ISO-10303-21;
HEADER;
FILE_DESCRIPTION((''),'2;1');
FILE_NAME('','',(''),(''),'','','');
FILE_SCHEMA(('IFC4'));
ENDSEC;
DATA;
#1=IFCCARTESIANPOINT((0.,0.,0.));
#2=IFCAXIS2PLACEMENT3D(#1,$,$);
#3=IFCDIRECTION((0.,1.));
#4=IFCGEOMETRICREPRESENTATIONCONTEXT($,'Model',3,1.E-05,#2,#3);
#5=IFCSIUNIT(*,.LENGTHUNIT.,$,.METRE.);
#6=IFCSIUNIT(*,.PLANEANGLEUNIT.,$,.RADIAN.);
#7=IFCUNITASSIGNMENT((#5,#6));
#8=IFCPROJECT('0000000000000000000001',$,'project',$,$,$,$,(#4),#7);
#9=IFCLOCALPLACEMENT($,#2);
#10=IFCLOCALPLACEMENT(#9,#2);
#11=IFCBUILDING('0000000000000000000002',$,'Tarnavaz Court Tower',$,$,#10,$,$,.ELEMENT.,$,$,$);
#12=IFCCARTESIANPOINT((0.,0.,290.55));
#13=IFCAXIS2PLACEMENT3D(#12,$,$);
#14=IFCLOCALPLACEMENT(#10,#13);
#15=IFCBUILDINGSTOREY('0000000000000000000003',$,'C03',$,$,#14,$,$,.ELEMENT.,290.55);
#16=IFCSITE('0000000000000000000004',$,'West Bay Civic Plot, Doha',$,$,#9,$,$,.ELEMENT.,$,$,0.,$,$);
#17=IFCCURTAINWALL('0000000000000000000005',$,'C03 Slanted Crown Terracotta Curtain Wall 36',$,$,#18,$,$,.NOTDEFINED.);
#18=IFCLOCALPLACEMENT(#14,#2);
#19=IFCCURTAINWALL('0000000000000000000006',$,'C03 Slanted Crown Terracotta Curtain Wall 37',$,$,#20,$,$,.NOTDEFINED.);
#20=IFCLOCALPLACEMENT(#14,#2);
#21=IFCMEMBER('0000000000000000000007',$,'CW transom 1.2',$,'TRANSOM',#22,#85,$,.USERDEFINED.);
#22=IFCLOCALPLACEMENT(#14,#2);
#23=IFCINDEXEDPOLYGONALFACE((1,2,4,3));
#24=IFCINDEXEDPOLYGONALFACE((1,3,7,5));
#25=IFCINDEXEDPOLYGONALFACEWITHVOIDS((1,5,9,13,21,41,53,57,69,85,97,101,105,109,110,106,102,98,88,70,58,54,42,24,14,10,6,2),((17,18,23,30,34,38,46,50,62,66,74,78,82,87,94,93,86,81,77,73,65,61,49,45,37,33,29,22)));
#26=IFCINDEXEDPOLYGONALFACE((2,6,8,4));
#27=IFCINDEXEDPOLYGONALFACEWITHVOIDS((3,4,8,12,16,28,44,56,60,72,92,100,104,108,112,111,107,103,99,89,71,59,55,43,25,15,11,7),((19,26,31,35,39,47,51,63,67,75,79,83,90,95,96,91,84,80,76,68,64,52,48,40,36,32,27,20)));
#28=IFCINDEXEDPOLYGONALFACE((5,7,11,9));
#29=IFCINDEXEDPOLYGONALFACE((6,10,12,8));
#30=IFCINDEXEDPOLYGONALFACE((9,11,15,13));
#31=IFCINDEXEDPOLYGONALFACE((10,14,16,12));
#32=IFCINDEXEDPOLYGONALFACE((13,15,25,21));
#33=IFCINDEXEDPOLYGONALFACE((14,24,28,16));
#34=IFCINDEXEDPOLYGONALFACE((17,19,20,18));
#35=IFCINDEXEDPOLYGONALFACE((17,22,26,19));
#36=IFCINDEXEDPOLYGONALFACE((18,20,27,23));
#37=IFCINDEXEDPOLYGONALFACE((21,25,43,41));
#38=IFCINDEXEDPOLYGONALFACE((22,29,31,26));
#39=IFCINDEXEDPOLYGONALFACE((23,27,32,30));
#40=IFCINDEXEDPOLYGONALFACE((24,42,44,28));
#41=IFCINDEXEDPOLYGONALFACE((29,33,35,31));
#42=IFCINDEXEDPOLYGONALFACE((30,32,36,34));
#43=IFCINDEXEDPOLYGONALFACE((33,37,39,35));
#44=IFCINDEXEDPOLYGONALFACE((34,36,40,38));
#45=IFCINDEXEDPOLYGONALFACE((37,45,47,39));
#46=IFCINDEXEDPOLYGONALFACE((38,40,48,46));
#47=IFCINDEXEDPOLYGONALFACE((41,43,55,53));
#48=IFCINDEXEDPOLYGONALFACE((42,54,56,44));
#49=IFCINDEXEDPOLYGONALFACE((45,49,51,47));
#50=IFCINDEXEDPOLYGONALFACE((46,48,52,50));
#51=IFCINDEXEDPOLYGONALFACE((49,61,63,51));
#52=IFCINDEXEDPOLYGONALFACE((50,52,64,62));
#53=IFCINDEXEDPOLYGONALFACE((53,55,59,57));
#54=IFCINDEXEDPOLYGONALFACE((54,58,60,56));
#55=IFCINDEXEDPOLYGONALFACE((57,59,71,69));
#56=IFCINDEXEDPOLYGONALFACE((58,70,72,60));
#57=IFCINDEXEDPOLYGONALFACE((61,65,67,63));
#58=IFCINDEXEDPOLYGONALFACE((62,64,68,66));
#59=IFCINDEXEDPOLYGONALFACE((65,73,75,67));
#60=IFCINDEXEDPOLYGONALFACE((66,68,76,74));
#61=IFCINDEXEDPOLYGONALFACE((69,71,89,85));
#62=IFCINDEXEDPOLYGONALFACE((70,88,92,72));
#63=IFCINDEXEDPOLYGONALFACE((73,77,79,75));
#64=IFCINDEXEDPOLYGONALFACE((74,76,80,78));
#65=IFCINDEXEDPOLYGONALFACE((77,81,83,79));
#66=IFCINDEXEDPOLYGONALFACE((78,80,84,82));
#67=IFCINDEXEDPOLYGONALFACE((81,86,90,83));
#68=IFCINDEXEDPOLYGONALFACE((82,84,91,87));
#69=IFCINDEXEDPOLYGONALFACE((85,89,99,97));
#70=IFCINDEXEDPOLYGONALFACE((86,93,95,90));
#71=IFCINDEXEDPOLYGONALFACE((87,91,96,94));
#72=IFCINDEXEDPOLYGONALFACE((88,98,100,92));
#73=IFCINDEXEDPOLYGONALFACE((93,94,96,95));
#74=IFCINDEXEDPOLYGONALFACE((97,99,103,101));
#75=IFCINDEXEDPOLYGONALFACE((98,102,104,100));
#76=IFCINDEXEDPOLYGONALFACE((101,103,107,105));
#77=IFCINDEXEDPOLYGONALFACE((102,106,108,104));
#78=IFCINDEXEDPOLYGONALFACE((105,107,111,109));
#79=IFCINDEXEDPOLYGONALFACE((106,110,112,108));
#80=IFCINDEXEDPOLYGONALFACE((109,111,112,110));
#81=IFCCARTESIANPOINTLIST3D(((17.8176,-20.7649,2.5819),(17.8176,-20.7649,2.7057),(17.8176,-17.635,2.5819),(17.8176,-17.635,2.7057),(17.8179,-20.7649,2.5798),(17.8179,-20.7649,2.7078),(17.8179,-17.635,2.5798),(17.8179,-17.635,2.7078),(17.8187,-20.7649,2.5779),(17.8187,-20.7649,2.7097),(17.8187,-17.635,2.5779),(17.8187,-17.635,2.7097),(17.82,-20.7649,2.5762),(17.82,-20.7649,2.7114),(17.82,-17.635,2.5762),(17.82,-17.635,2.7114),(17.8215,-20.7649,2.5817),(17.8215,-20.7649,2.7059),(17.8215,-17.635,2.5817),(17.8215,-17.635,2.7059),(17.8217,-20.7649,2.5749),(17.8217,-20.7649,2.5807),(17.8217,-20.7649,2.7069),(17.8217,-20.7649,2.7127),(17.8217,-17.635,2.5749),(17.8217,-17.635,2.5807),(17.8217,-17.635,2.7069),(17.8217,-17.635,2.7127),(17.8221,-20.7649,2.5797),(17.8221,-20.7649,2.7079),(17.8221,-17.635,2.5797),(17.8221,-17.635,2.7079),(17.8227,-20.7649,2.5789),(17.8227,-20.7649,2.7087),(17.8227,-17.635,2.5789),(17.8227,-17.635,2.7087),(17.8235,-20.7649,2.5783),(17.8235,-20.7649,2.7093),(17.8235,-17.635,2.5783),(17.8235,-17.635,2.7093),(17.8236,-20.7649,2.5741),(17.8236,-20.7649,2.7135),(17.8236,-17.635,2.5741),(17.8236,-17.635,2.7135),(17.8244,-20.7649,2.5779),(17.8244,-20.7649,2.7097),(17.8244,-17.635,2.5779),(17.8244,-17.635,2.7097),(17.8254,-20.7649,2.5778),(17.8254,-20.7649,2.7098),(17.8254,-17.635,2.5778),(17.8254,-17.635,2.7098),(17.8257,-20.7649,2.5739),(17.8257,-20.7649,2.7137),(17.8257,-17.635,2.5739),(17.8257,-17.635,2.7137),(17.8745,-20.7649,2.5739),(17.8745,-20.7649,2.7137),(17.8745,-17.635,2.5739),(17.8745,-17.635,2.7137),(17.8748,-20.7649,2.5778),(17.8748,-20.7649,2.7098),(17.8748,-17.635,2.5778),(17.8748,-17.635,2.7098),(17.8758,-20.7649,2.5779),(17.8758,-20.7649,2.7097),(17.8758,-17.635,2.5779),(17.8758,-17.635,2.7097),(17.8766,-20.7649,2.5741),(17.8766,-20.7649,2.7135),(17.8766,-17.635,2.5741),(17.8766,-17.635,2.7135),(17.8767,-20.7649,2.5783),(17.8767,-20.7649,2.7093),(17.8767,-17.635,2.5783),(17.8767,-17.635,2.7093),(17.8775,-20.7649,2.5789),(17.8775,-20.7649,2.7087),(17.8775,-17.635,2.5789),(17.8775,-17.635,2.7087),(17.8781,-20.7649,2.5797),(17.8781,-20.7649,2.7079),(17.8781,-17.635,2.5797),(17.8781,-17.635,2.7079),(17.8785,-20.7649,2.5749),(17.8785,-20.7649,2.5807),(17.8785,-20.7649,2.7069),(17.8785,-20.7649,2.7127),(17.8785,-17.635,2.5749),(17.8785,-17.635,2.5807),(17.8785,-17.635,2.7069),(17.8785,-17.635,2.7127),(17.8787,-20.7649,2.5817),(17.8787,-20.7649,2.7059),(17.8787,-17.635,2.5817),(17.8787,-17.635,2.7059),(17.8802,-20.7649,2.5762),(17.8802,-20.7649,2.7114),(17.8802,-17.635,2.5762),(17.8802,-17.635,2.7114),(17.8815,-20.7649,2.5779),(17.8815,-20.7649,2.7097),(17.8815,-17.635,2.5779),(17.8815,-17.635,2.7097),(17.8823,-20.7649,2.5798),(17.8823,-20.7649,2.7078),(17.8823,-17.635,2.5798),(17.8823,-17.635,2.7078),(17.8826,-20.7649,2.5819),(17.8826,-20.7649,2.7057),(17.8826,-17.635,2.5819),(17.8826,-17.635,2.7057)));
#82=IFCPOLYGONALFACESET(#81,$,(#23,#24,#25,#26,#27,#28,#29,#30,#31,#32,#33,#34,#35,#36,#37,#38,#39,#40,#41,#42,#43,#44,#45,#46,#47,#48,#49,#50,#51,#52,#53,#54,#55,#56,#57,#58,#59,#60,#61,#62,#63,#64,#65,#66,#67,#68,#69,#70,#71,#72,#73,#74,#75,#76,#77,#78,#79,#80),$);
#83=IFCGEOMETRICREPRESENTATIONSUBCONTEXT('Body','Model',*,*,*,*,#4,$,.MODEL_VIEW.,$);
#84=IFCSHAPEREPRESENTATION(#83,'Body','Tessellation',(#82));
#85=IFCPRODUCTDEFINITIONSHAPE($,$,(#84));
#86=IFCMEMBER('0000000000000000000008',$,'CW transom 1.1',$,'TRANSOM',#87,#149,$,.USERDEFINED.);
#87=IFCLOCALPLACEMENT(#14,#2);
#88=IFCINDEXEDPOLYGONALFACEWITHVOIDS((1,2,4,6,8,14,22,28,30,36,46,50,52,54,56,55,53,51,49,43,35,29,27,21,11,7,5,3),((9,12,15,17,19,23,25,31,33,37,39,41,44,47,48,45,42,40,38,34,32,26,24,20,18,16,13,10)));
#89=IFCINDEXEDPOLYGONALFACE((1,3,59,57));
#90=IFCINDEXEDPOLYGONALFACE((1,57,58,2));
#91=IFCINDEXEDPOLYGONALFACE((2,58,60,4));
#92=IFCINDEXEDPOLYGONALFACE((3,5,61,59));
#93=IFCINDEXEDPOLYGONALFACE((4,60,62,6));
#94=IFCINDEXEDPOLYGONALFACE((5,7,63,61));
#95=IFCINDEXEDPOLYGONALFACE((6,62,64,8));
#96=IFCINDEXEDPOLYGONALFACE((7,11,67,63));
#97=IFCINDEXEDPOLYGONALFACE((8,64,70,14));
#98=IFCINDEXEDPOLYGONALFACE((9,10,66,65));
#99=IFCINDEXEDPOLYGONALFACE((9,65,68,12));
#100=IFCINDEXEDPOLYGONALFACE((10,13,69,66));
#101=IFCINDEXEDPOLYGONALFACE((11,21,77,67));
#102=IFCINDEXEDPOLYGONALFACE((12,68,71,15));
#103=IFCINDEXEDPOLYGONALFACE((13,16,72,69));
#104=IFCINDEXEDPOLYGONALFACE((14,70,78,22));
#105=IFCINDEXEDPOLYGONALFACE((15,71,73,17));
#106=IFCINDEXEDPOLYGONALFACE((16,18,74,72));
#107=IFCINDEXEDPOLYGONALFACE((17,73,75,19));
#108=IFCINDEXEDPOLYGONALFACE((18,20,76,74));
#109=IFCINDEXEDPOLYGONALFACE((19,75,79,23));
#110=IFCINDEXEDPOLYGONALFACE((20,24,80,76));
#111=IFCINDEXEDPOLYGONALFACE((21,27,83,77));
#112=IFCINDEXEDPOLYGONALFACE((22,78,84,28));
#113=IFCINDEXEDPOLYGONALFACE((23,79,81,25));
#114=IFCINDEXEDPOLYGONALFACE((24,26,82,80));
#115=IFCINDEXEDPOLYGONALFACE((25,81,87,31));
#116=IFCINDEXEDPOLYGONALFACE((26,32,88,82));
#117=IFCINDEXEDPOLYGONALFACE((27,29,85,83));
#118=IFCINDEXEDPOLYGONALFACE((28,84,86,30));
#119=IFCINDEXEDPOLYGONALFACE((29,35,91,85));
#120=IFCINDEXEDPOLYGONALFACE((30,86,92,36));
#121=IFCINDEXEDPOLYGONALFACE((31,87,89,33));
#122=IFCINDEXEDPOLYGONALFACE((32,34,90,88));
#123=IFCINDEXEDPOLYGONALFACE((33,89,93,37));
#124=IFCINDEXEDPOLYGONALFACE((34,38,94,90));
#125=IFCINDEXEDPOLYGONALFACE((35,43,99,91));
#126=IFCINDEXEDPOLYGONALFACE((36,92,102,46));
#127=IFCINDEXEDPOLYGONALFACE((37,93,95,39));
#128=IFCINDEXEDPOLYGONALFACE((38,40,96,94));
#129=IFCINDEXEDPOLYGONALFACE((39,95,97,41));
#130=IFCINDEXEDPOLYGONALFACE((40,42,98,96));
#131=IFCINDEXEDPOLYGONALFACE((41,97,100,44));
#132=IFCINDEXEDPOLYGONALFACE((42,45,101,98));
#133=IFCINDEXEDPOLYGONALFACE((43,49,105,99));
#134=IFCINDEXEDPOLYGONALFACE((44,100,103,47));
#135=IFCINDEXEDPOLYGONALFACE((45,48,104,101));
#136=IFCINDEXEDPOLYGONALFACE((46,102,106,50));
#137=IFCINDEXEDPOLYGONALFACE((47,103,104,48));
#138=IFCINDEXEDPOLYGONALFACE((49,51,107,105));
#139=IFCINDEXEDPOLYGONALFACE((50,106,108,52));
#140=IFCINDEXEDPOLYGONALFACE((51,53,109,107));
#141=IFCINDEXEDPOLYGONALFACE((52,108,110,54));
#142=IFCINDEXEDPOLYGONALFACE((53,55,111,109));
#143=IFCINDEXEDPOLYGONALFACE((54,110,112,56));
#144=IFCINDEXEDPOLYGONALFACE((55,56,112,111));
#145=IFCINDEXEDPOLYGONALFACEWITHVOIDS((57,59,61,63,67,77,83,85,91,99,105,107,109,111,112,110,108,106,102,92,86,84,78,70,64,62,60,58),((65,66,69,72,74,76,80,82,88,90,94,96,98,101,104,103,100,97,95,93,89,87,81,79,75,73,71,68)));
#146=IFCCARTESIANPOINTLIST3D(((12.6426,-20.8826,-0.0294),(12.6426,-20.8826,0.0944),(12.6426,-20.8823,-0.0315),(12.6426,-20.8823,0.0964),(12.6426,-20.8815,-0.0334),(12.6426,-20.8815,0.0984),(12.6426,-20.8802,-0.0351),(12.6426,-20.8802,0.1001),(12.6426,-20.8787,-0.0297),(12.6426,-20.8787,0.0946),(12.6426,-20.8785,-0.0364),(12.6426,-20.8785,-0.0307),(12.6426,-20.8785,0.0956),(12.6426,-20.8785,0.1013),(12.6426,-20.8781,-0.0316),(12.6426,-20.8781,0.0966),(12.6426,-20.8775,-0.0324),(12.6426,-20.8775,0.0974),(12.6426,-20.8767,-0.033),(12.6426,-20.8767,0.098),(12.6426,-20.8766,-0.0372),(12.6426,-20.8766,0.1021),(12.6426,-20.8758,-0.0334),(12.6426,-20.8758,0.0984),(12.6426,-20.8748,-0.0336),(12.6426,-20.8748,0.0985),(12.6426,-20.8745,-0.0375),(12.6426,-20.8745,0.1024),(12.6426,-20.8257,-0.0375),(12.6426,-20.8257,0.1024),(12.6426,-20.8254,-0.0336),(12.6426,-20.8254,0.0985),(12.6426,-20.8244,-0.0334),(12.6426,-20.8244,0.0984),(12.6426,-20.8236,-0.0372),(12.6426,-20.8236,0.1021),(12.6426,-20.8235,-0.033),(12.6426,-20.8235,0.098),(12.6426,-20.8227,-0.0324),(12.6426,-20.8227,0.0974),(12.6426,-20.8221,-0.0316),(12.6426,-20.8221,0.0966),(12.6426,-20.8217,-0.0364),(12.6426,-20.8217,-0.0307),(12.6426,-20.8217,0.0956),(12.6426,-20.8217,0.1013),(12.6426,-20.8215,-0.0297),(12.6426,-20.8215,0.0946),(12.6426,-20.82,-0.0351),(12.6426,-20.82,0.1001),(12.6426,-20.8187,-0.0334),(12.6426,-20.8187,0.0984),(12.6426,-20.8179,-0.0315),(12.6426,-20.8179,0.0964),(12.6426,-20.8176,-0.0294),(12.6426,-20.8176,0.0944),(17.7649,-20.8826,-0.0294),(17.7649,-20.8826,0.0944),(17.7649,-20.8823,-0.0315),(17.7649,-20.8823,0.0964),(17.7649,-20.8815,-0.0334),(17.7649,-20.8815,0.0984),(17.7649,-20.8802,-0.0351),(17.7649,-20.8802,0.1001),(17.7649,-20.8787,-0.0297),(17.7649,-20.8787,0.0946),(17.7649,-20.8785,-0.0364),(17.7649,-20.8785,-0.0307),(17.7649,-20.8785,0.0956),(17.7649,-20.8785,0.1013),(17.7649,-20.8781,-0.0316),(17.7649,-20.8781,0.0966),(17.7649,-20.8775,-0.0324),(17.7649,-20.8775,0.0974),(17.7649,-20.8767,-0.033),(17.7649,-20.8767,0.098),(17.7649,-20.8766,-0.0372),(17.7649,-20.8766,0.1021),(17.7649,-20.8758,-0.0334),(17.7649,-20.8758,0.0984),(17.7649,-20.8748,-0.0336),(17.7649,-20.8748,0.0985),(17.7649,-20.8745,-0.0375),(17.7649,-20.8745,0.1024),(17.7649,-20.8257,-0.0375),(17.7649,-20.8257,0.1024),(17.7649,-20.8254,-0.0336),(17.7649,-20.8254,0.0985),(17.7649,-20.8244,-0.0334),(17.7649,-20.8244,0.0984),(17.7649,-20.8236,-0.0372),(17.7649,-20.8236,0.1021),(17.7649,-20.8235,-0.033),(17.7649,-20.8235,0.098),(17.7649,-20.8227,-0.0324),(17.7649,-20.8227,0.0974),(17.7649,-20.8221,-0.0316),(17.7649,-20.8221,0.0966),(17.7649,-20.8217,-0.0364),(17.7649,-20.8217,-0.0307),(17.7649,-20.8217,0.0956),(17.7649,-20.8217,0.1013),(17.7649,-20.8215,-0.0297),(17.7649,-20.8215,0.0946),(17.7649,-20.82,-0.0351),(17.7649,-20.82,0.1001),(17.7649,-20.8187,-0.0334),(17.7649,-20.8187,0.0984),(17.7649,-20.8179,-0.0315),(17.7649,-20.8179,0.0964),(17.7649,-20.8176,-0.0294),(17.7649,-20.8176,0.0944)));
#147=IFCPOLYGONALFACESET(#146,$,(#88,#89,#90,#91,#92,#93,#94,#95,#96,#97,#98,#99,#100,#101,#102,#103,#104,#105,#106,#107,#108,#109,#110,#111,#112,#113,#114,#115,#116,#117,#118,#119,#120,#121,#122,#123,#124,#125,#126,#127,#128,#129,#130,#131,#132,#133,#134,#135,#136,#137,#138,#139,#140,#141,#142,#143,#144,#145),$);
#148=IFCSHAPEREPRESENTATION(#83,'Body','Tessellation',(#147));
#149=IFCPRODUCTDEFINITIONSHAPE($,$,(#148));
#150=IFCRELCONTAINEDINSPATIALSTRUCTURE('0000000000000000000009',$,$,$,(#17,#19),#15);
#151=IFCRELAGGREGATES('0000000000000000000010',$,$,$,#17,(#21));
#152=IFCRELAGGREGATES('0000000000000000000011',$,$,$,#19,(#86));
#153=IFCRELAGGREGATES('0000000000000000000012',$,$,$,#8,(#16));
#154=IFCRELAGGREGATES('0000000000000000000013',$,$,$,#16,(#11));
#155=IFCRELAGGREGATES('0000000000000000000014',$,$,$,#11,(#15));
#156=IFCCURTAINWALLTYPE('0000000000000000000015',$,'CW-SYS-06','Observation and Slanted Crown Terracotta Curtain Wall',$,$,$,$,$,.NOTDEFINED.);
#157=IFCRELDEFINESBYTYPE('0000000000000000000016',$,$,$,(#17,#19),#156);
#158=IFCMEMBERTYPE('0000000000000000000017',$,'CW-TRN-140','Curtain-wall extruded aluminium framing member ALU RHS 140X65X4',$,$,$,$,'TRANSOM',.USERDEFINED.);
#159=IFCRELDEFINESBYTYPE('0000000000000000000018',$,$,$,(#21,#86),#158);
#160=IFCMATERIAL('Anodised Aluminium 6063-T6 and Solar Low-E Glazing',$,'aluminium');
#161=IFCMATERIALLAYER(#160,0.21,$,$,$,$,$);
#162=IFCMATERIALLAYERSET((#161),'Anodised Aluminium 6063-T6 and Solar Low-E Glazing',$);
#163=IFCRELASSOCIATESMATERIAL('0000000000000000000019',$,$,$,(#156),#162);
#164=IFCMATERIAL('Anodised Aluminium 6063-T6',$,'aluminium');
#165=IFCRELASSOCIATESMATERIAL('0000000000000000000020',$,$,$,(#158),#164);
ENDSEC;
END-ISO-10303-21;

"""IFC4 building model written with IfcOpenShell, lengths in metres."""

from ifc_helpers import new_model, si_unit, direction, frame, origin, origin_2d, place, context, subcontext, project, spatial, hollow_rectangle, extrude, material, layer, layer_set, material_profile, profile_set, type_object, element, aggregate, save


model = new_model("IFC4")

# Units and contexts
model_context = context("Model", 3, precision=1e-05, world=origin(), true_north=direction((0.0, 1.0)))
body_context = subcontext(model_context, "Body", "Model", "MODEL_VIEW")
ifc_project = project(units=[si_unit("LENGTHUNIT", "METRE"), si_unit("PLANEANGLEUNIT", "RADIAN")], contexts=[model_context])

# Site, building, storey
site_placement = place(None, origin())
site = spatial("IfcSite", under=ifc_project, at=site_placement, Name="West Bay Civic Plot, Doha", CompositionType="ELEMENT", RefElevation=0.0)
building_placement = place(site_placement, origin())
building = spatial("IfcBuilding", under=site, at=building_placement, Name="Tarnavaz Court Tower", CompositionType="ELEMENT")
storey_placement = place(building_placement, frame((0.0, 0.0, 290.55)))
storey = spatial("IfcBuildingStorey", under=building, at=storey_placement, Name="C03", CompositionType="ELEMENT", Elevation=290.55)

# Shared definitions
ifc_material_1 = material(Name="Anodised Aluminium 6063-T6 and Solar Low-E Glazing", Category="aluminium")
ifc_layer_1 = layer(ifc_material_1, 0.21)
ifc_layer_set_1 = layer_set([ifc_layer_1], Name="Anodised Aluminium 6063-T6 and Solar Low-E Glazing")
curtain_wall_type = type_object("IfcCurtainWallType", Name="CW-SYS-06", Description="Observation and Slanted Crown Terracotta Curtain Wall", PredefinedType="NOTDEFINED", material=ifc_layer_set_1)
ifc_material_2 = material(Name="Anodised Aluminium 6063-T6", Category="aluminium")

# Curtain walls
curtain_wall_1_placement = place(storey_placement, origin())
curtain_wall_1 = element("IfcCurtainWall", 1, at=curtain_wall_1_placement, inside=storey, type_object=curtain_wall_type, Name="C03 Slanted Crown Terracotta Curtain Wall 36", PredefinedType="NOTDEFINED")
curtain_wall_2_placement = place(storey_placement, origin())
curtain_wall_2 = element("IfcCurtainWall", 2, at=curtain_wall_2_placement, inside=storey, type_object=curtain_wall_type, Name="C03 Slanted Crown Terracotta Curtain Wall 37", PredefinedType="NOTDEFINED")

# Members
ifc_material_profile_1 = material_profile(ifc_material_2, hollow_rectangle(XDim=0.0649, YDim=0.1399, WallThickness=0.0039, InnerFilletRadius=0.0039, OuterFilletRadius=0.0081, at=origin_2d()), Name="ALU RHS 140X65X4")
ifc_profile_set_1 = profile_set([ifc_material_profile_1], Name="Anodised Aluminium 6063-T6")
member_type_1 = type_object("IfcMemberType", Name="CW-TRN-140", Description="Curtain-wall extruded aluminium framing member ALU RHS 140X65X4", ElementType="TRANSOM", PredefinedType="USERDEFINED", material=ifc_profile_set_1)
member_1_placement = place(storey_placement, frame((17.8501, -17.635, 2.6438), z_axis=(0.0, -1.0, 0.0), x_axis=(1.0, 0.0, 0.0)))
member_1 = element("IfcMember", 3, at=member_1_placement, type_object=member_type_1, Name="CW transom 1.2", ObjectType="TRANSOM", PredefinedType="USERDEFINED", context=body_context, shape_type="SweptSolid", body=[
    extrude(hollow_rectangle(XDim=0.0649, YDim=0.1399, WallThickness=0.0039, InnerFilletRadius=0.0039, OuterFilletRadius=0.0081, at=origin_2d()), origin(), (0.0, 0.0, 1.0), 3.1299),
])
member_2_placement = place(storey_placement, frame((17.7649, -20.8501, 0.0325), z_axis=(-1.0, 0.0, 0.0), x_axis=(0.0, -1.0, 0.0)))
member_2 = element("IfcMember", 4, at=member_2_placement, type_object=member_type_1, Name="CW transom 1.1", ObjectType="TRANSOM", PredefinedType="USERDEFINED", context=body_context, shape_type="SweptSolid", body=[
    extrude(hollow_rectangle(XDim=0.0649, YDim=0.1399, WallThickness=0.0039, InnerFilletRadius=0.0039, OuterFilletRadius=0.0081, at=origin_2d()), origin(), (0.0, 0.0, 1.0), 5.1223),
])

aggregate(curtain_wall_1, [member_1])
aggregate(curtain_wall_2, [member_2])

save(model, "model.ifc")
